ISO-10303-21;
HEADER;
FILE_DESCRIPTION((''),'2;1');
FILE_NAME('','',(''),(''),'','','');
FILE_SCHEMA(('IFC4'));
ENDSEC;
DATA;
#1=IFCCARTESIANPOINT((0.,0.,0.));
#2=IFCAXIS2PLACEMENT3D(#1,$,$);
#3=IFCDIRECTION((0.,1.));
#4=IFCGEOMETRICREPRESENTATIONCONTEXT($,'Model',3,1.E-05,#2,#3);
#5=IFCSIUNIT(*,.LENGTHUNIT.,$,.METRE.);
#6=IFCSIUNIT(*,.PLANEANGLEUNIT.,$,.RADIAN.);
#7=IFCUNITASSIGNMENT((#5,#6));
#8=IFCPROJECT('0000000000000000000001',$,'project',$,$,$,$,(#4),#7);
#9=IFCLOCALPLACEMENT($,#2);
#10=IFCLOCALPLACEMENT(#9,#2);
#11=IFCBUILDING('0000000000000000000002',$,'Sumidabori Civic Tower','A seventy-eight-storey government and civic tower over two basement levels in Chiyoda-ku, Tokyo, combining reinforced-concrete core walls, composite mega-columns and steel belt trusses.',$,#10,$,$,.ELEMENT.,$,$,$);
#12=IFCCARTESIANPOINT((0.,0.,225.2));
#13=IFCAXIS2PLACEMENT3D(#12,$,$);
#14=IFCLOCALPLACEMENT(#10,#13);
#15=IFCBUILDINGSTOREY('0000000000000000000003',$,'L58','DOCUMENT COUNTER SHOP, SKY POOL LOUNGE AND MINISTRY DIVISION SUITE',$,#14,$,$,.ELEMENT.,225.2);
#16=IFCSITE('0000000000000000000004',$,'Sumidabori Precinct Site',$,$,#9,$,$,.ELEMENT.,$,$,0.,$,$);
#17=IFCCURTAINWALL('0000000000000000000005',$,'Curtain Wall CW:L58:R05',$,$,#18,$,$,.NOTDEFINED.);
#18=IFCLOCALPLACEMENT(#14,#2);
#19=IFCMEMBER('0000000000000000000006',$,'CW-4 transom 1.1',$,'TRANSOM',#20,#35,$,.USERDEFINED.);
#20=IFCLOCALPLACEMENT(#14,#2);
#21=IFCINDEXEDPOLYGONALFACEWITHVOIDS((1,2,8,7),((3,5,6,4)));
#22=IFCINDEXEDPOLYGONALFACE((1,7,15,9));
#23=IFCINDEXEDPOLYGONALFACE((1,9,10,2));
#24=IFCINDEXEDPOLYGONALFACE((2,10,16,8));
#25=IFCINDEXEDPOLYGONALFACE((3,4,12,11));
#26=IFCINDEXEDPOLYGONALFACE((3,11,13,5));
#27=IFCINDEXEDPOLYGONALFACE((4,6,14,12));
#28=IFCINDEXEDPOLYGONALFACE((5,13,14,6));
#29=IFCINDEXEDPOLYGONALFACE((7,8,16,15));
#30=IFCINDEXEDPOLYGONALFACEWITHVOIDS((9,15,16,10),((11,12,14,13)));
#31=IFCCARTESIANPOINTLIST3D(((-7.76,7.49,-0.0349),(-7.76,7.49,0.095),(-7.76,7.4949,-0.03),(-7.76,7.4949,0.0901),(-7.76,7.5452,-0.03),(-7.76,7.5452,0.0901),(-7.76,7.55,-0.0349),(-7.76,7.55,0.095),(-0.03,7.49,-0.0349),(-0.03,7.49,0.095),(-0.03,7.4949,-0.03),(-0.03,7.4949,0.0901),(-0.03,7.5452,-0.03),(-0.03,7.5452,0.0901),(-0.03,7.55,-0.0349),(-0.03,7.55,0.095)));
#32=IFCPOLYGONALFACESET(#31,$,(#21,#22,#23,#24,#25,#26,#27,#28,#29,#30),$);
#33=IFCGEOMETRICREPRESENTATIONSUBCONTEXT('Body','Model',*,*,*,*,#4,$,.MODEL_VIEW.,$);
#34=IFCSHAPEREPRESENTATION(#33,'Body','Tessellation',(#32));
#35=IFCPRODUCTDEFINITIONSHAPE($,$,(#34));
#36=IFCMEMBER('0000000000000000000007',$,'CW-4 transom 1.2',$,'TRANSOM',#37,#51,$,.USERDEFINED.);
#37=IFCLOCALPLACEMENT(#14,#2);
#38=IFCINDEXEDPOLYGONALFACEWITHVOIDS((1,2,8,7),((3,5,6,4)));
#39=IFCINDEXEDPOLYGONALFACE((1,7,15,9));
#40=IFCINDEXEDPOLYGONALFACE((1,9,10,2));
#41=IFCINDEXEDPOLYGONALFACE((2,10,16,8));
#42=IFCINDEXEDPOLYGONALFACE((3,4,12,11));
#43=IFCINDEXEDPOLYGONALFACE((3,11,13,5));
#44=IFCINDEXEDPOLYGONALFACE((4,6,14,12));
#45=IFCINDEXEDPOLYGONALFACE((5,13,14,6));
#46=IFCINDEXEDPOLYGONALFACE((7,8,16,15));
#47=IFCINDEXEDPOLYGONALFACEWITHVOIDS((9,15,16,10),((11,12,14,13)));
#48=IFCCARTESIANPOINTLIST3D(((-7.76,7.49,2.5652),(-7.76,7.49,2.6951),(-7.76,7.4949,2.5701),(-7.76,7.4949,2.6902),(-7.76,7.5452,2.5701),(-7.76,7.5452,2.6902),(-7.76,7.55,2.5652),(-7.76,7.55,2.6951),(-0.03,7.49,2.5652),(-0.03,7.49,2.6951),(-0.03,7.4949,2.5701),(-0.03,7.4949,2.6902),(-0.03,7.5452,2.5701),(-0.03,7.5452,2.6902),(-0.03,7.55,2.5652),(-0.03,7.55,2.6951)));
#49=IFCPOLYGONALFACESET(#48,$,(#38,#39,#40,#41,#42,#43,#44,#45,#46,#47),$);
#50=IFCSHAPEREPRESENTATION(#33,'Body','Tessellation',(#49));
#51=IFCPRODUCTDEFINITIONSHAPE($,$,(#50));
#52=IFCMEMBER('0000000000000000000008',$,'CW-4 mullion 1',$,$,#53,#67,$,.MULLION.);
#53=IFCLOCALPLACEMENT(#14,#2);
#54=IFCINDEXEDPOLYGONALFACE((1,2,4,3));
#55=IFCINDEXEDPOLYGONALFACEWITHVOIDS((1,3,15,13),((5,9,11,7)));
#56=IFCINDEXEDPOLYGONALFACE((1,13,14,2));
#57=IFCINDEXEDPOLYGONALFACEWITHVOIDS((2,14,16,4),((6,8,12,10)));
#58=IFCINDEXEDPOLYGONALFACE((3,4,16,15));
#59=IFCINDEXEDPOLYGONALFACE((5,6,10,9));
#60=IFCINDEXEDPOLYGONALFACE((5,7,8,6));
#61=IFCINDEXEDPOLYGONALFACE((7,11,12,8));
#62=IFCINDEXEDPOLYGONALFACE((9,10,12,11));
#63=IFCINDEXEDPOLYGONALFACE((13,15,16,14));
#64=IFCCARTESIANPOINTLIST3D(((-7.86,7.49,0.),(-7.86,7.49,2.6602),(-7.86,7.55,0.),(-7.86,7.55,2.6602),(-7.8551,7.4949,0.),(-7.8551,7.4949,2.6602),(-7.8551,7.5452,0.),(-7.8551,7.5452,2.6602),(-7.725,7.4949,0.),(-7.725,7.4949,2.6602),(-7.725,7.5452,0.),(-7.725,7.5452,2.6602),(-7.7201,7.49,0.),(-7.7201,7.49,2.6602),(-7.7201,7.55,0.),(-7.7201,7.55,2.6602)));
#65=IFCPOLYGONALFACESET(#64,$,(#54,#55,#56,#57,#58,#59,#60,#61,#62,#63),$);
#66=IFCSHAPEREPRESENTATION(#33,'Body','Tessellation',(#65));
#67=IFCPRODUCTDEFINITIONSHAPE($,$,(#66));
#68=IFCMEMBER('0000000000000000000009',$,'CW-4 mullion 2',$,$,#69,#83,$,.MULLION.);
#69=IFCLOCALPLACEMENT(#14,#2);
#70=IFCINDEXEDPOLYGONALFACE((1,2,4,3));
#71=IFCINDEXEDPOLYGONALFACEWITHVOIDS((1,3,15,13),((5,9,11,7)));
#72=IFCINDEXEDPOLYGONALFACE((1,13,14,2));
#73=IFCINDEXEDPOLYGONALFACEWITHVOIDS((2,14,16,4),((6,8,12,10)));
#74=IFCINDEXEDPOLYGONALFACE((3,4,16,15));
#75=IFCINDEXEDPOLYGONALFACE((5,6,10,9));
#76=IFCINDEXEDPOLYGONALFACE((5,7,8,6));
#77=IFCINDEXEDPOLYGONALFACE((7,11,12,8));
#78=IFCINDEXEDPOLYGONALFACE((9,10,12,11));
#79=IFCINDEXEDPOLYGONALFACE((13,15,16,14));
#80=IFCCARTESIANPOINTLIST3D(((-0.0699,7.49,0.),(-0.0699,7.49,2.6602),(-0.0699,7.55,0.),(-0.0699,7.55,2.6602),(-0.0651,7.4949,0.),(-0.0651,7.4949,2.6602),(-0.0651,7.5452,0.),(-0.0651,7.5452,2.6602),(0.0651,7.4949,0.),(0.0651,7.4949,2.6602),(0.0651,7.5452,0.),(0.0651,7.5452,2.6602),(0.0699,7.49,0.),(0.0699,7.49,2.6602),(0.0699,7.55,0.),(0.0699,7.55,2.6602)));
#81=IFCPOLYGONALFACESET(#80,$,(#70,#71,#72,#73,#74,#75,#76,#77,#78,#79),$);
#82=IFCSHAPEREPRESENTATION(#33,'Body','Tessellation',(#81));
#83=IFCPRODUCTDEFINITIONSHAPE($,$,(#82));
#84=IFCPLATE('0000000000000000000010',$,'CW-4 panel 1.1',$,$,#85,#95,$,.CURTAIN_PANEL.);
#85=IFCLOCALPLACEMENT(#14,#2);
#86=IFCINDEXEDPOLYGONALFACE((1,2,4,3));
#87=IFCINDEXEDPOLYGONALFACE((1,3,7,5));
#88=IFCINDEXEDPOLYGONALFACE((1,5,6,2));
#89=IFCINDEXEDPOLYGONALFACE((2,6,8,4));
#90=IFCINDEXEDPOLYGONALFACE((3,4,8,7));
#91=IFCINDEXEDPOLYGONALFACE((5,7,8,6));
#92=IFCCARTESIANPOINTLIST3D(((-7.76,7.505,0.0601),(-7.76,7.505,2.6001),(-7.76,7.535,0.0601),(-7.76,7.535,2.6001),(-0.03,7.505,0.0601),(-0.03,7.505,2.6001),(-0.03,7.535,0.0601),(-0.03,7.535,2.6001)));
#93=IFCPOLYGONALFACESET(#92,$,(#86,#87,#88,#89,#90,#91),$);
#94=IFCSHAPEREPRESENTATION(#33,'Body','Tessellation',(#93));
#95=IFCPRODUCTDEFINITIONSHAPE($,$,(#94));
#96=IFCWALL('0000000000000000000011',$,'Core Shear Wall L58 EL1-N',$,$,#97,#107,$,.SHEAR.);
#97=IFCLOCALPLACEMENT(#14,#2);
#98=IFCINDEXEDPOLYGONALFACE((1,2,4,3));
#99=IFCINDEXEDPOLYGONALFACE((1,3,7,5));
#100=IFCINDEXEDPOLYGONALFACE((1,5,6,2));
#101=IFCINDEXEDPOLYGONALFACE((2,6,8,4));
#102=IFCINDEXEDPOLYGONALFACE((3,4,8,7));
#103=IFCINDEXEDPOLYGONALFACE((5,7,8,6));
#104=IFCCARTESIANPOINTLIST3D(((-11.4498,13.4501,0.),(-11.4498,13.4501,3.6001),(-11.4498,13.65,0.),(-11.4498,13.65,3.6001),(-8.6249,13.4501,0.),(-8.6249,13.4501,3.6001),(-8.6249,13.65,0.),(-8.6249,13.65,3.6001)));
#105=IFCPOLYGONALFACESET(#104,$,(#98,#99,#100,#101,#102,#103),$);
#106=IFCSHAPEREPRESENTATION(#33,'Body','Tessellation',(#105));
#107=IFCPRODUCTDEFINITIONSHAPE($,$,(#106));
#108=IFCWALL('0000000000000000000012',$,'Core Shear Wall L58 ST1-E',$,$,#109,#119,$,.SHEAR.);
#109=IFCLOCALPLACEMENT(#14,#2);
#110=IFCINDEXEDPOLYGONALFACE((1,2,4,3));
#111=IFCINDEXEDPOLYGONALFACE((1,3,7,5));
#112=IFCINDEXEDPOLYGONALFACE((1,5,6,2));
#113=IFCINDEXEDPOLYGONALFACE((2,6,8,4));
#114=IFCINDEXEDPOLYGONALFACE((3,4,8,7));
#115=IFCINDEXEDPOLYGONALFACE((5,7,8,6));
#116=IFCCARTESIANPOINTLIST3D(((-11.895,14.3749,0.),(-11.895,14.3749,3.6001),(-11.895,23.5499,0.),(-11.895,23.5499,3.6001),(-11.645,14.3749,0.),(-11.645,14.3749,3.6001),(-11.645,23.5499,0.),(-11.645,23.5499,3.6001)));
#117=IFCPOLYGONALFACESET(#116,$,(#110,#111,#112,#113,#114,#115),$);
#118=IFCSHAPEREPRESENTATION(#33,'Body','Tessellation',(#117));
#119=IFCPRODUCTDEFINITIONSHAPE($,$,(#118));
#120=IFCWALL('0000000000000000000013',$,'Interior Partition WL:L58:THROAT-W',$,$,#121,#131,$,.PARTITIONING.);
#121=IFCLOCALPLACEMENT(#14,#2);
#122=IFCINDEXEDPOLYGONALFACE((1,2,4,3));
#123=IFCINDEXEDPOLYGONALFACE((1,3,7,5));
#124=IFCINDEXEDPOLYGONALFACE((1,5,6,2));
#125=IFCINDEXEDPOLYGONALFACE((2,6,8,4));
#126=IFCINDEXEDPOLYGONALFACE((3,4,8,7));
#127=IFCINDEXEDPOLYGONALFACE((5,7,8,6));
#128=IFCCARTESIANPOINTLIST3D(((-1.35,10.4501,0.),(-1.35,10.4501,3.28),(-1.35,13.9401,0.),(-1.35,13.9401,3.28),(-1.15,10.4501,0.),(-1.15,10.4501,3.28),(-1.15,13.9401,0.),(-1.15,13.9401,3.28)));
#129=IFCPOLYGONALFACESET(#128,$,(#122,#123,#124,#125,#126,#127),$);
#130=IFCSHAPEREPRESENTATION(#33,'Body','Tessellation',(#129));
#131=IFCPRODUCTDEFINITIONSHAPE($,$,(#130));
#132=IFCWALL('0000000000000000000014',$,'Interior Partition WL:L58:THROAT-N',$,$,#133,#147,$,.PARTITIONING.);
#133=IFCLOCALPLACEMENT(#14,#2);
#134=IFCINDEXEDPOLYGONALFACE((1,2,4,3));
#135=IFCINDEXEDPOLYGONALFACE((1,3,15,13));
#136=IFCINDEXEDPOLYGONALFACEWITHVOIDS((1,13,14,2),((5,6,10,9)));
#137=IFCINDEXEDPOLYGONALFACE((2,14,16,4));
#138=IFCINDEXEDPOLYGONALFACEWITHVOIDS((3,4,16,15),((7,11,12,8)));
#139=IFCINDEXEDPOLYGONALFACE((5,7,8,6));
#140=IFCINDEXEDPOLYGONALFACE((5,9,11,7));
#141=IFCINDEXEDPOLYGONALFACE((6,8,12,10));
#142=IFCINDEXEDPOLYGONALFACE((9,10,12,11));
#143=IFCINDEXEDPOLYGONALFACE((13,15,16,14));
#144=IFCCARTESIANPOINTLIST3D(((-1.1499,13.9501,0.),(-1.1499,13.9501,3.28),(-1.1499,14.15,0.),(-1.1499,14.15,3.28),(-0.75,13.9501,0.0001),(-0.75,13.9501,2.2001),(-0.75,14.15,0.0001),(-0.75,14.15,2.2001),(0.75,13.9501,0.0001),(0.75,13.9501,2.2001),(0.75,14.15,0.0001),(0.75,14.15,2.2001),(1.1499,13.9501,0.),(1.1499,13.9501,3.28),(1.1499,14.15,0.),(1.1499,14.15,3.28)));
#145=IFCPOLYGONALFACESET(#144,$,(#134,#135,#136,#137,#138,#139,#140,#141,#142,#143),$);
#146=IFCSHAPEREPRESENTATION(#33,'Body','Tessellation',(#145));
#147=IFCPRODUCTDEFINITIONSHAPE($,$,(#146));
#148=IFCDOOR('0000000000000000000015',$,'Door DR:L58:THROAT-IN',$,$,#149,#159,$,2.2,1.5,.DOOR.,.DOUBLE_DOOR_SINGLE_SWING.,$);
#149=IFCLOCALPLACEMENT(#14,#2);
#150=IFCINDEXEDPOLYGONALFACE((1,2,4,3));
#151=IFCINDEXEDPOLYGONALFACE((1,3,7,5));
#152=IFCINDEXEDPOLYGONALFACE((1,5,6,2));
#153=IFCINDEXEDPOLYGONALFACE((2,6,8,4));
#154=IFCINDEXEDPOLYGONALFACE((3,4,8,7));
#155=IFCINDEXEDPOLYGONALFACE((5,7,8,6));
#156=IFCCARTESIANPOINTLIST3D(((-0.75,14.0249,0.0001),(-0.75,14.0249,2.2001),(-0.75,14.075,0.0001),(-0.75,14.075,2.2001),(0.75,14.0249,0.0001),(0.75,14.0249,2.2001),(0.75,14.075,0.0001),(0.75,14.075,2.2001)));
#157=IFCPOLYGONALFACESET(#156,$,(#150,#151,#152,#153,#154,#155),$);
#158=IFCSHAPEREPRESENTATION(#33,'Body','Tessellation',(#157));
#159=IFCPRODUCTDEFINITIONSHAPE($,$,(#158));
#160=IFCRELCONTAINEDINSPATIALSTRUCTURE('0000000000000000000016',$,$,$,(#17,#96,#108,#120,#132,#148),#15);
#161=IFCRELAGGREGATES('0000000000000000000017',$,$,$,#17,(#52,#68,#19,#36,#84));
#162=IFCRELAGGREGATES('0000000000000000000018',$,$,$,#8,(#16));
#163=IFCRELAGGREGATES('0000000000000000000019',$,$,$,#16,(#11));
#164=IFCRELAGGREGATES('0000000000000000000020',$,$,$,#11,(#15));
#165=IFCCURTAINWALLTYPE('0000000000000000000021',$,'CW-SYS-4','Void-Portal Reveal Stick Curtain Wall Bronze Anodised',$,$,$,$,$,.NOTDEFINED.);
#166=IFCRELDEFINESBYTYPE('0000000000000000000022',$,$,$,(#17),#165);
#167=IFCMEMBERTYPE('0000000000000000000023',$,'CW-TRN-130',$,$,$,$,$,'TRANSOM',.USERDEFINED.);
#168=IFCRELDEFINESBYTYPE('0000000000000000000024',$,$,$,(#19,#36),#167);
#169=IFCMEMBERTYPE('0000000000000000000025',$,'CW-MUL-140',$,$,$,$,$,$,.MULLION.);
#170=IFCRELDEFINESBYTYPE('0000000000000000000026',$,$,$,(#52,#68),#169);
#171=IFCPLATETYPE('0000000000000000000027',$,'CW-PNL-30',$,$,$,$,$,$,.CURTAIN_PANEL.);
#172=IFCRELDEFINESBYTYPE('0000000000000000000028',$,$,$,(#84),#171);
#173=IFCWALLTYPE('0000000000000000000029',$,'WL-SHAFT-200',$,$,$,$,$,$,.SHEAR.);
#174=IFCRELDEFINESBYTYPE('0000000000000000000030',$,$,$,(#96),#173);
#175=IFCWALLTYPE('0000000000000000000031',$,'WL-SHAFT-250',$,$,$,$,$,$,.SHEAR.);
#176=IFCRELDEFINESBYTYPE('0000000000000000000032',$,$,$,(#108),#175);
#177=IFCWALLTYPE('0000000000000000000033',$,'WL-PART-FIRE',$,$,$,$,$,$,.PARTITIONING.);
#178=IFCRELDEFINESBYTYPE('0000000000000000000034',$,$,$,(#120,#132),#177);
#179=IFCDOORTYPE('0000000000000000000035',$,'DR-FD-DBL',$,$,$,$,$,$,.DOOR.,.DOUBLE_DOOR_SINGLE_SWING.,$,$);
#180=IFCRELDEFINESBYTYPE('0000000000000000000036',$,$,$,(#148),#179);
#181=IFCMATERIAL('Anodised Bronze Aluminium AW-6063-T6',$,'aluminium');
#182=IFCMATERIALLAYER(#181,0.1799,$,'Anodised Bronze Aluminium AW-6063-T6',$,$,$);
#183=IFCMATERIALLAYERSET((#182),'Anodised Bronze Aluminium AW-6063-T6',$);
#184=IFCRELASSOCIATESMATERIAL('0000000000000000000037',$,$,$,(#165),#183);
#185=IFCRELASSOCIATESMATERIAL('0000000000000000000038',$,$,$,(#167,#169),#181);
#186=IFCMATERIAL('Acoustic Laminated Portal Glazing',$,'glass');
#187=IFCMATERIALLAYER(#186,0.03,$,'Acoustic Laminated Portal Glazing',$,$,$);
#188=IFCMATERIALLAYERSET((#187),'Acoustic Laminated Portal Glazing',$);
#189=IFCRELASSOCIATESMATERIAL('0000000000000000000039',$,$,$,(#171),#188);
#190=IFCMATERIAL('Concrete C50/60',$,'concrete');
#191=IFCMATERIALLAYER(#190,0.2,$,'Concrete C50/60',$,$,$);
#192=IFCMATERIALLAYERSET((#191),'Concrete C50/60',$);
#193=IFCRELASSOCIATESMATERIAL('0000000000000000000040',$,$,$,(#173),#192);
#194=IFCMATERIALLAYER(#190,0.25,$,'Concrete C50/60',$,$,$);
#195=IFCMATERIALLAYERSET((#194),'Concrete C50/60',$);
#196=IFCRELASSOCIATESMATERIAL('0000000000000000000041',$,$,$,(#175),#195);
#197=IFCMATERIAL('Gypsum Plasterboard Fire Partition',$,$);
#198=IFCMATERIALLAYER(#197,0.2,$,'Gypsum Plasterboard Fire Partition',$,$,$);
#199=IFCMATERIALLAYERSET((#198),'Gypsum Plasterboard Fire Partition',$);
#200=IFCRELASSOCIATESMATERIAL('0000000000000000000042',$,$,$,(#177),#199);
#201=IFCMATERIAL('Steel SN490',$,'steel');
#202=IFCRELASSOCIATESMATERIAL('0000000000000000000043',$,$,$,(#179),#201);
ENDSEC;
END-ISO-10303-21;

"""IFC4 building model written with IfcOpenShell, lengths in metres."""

from ifc_helpers import new_model, si_unit, direction, frame, frame_2d, origin, origin_2d, place, context, subcontext, project, spatial, rectangle, hollow_rectangle, extrude, source, transform, mapped, material, layer, layer_set, material_profile, profile_set, type_object, element, fill, aggregate, save


model = new_model("IFC4")

# Units and contexts
model_context = context("Model", 3, precision=1e-05, world=origin(), true_north=direction((0.0, 1.0)))
body_context = subcontext(model_context, "Body", "Model", "MODEL_VIEW")
ifc_project = project(units=[si_unit("LENGTHUNIT", "METRE"), si_unit("PLANEANGLEUNIT", "RADIAN")], contexts=[model_context])

# Site, building, storey
site_placement = place(None, origin())
site = spatial("IfcSite", under=ifc_project, at=site_placement, Name="Sumidabori Precinct Site", CompositionType="ELEMENT", RefElevation=0.0)
building_placement = place(site_placement, origin())
building = spatial("IfcBuilding", under=site, at=building_placement, Name="Sumidabori Civic Tower", Description="A seventy-eight-storey government and civic tower over two basement levels in Chiyoda-ku, Tokyo, combining reinforced-concrete core walls, composite mega-columns and steel belt trusses.", CompositionType="ELEMENT")
storey_placement = place(building_placement, frame((0.0, 0.0, 225.2)))
storey = spatial("IfcBuildingStorey", under=building, at=storey_placement, Name="L58", Description="DOCUMENT COUNTER SHOP, SKY POOL LOUNGE AND MINISTRY DIVISION SUITE", CompositionType="ELEMENT", Elevation=225.2)

# Curtain wall, members, plate
ifc_material_1 = material(Name="Anodised Bronze Aluminium AW-6063-T6", Category="aluminium")
ifc_layer_1 = layer(ifc_material_1, 0.1799, Name="Anodised Bronze Aluminium AW-6063-T6")
ifc_layer_set_1 = layer_set([ifc_layer_1], Name="Anodised Bronze Aluminium AW-6063-T6")
curtain_wall_type = type_object("IfcCurtainWallType", Name="CW-SYS-4", Description="Void-Portal Reveal Stick Curtain Wall Bronze Anodised", PredefinedType="NOTDEFINED", material=ifc_layer_set_1)
curtain_wall_placement = place(storey_placement, origin())
curtain_wall = element("IfcCurtainWall", 1, at=curtain_wall_placement, inside=storey, type_object=curtain_wall_type, Name="Curtain Wall CW:L58:R05", PredefinedType="NOTDEFINED")
ifc_material_profile_1 = material_profile(ifc_material_1, hollow_rectangle(XDim=0.0601, YDim=0.1299, WallThickness=0.0049, at=origin_2d()), Name="ALU TRANSOM 130x60")
ifc_profile_set_1 = profile_set([ifc_material_profile_1], Name="Anodised Bronze Aluminium AW-6063-T6")
member_type_1 = type_object("IfcMemberType", Name="CW-TRN-130", ElementType="TRANSOM", PredefinedType="USERDEFINED", material=ifc_profile_set_1)
shared_shape_1 = source(origin(), body_context, "Body", "SweptSolid", [
    extrude(hollow_rectangle(XDim=0.0601, YDim=0.1299, WallThickness=0.0049, at=origin_2d()), origin(), (0.0, 0.0, 1.0), 7.73),
])
member_1_placement = place(storey_placement, frame((-7.76, 7.52, 0.03), z_axis=(1.0, 0.0, 0.0), x_axis=(0.0, 1.0, 0.0)))
member_1 = element("IfcMember", 2, at=member_1_placement, type_object=member_type_1, Name="CW-4 transom 1.1", ObjectType="TRANSOM", PredefinedType="USERDEFINED", context=body_context, shape_type="MappedRepresentation", body=[
    mapped(shared_shape_1, transform((0.0, 0.0, 0.0), x_axis=(1.0, 0.0, 0.0), y_axis=(0.0, 1.0, 0.0), z_axis=(0.0, 0.0, 1.0), scale=1.0)),
])
member_2_placement = place(storey_placement, frame((-7.76, 7.52, 2.6301), z_axis=(1.0, 0.0, 0.0), x_axis=(0.0, 1.0, 0.0)))
member_2 = element("IfcMember", 3, at=member_2_placement, type_object=member_type_1, Name="CW-4 transom 1.2", ObjectType="TRANSOM", PredefinedType="USERDEFINED", context=body_context, shape_type="MappedRepresentation", body=[
    mapped(shared_shape_1, transform((0.0, 0.0, 0.0), x_axis=(1.0, 0.0, 0.0), y_axis=(0.0, 1.0, 0.0), z_axis=(0.0, 0.0, 1.0), scale=1.0)),
])
ifc_material_profile_2 = material_profile(ifc_material_1, hollow_rectangle(XDim=0.0601, YDim=0.1399, WallThickness=0.0049, at=origin_2d()), Name="ALU MULLION 140x60")
ifc_profile_set_2 = profile_set([ifc_material_profile_2], Name="Anodised Bronze Aluminium AW-6063-T6")
member_type_2 = type_object("IfcMemberType", Name="CW-MUL-140", PredefinedType="MULLION", material=ifc_profile_set_2)
shared_shape_2 = source(origin(), body_context, "Body", "SweptSolid", [
    extrude(hollow_rectangle(XDim=0.0601, YDim=0.1399, WallThickness=0.0049, at=origin_2d()), origin(), (0.0, 0.0, 1.0), 2.6602),
])
member_3_placement = place(storey_placement, frame((-7.79, 7.52, 0.0), z_axis=(0.0, 0.0, 1.0), x_axis=(0.0, 1.0, 0.0)))
member_3 = element("IfcMember", 4, at=member_3_placement, type_object=member_type_2, Name="CW-4 mullion 1", PredefinedType="MULLION", context=body_context, shape_type="MappedRepresentation", body=[
    mapped(shared_shape_2, transform((0.0, 0.0, 0.0), x_axis=(1.0, 0.0, 0.0), y_axis=(0.0, 1.0, 0.0), z_axis=(0.0, 0.0, 1.0), scale=1.0)),
])
member_4_placement = place(storey_placement, frame((0.0, 7.52, 0.0), z_axis=(0.0, 0.0, 1.0), x_axis=(0.0, 1.0, 0.0)))
member_4 = element("IfcMember", 5, at=member_4_placement, type_object=member_type_2, Name="CW-4 mullion 2", PredefinedType="MULLION", context=body_context, shape_type="MappedRepresentation", body=[
    mapped(shared_shape_2, transform((0.0, 0.0, 0.0), x_axis=(1.0, 0.0, 0.0), y_axis=(0.0, 1.0, 0.0), z_axis=(0.0, 0.0, 1.0), scale=1.0)),
])
ifc_material_2 = material(Name="Acoustic Laminated Portal Glazing", Category="glass")
ifc_layer_2 = layer(ifc_material_2, 0.03, Name="Acoustic Laminated Portal Glazing")
ifc_layer_set_2 = layer_set([ifc_layer_2], Name="Acoustic Laminated Portal Glazing")
plate_type = type_object("IfcPlateType", Name="CW-PNL-30", PredefinedType="CURTAIN_PANEL", material=ifc_layer_set_2)
shared_shape_3 = source(origin(), body_context, "Body", "SweptSolid", [
    extrude(rectangle(XDim=7.73, YDim=0.03, at=origin_2d()), origin(), (0.0, 0.0, 1.0), 2.54),
])
plate_placement = place(storey_placement, frame((-3.895, 7.52, 0.0601), z_axis=(0.0, 0.0, 1.0), x_axis=(1.0, 0.0, 0.0)))
plate = element("IfcPlate", 6, at=plate_placement, type_object=plate_type, Name="CW-4 panel 1.1", PredefinedType="CURTAIN_PANEL", context=body_context, shape_type="MappedRepresentation", body=[
    mapped(shared_shape_3, transform((0.0, 0.0, 0.0), x_axis=(1.0, 0.0, 0.0), y_axis=(0.0, 1.0, 0.0), z_axis=(0.0, 0.0, 1.0), scale=1.0)),
])
aggregate(curtain_wall, [member_3, member_4, member_1, member_2, plate])

# Wall
ifc_material_3 = material(Name="Concrete C50/60", Category="concrete")
ifc_layer_3 = layer(ifc_material_3, 0.2, Name="Concrete C50/60")
ifc_layer_set_3 = layer_set([ifc_layer_3], Name="Concrete C50/60")
wall_type_1 = type_object("IfcWallType", Name="WL-SHAFT-200", PredefinedType="SHEAR", material=ifc_layer_set_3)
shared_shape_4 = source(origin(), body_context, "Body", "SweptSolid", [
    extrude(rectangle(XDim=2.825, YDim=0.2, at=frame_2d((1.4126, 0.0))), origin(), (0.0, 0.0, 1.0), 3.6001),
])
wall_1_placement = place(storey_placement, frame((-11.45, 13.55, 0.0), z_axis=(0.0, 0.0, 1.0), x_axis=(1.0, 0.0, 0.0)))
element("IfcWall", 7, at=wall_1_placement, inside=storey, type_object=wall_type_1, Name="Core Shear Wall L58 EL1-N", PredefinedType="SHEAR", context=body_context, shape_type="MappedRepresentation", body=[
    mapped(shared_shape_4, transform((0.0, 0.0, 0.0), x_axis=(1.0, 0.0, 0.0), y_axis=(0.0, 1.0, 0.0), z_axis=(0.0, 0.0, 1.0), scale=1.0)),
])

# Shared definitions
ifc_layer_4 = layer(ifc_material_3, 0.25, Name="Concrete C50/60")
ifc_layer_set_4 = layer_set([ifc_layer_4], Name="Concrete C50/60")
wall_type_2 = type_object("IfcWallType", Name="WL-SHAFT-250", PredefinedType="SHEAR", material=ifc_layer_set_4)

# Wall
shared_shape_5 = source(origin(), body_context, "Body", "SweptSolid", [
    extrude(rectangle(XDim=9.175, YDim=0.25, at=frame_2d((4.5874, 0.0))), origin(), (0.0, 0.0, 1.0), 3.6001),
])
wall_2_placement = place(storey_placement, frame((-11.77, 14.375, 0.0), z_axis=(0.0, 0.0, 1.0), x_axis=(0.0, 1.0, 0.0)))
element("IfcWall", 8, at=wall_2_placement, inside=storey, type_object=wall_type_2, Name="Core Shear Wall L58 ST1-E", PredefinedType="SHEAR", context=body_context, shape_type="MappedRepresentation", body=[
    mapped(shared_shape_5, transform((0.0, 0.0, 0.0), x_axis=(1.0, 0.0, 0.0), y_axis=(0.0, 1.0, 0.0), z_axis=(0.0, 0.0, 1.0), scale=1.0)),
])

# Shared definitions
ifc_material_4 = material(Name="Gypsum Plasterboard Fire Partition")
ifc_layer_5 = layer(ifc_material_4, 0.2, Name="Gypsum Plasterboard Fire Partition")
ifc_layer_set_5 = layer_set([ifc_layer_5], Name="Gypsum Plasterboard Fire Partition")
wall_type_3 = type_object("IfcWallType", Name="WL-PART-FIRE", PredefinedType="PARTITIONING", material=ifc_layer_set_5)

# Wall
shared_shape_6 = source(origin(), body_context, "Body", "SweptSolid", [
    extrude(rectangle(XDim=3.49, YDim=0.2, at=frame_2d((1.7451, 0.0))), origin(), (0.0, 0.0, 1.0), 3.28),
])
wall_3_placement = place(storey_placement, frame((-1.25, 10.45, 0.0), z_axis=(0.0, 0.0, 1.0), x_axis=(0.0, 1.0, 0.0)))
element("IfcWall", 9, at=wall_3_placement, inside=storey, type_object=wall_type_3, Name="Interior Partition WL:L58:THROAT-W", PredefinedType="PARTITIONING", context=body_context, shape_type="MappedRepresentation", body=[
    mapped(shared_shape_6, transform((0.0, 0.0, 0.0), x_axis=(1.0, 0.0, 0.0), y_axis=(0.0, 1.0, 0.0), z_axis=(0.0, 0.0, 1.0), scale=1.0)),
])

# Wall, opening, door
shared_shape_7 = source(origin(), body_context, "Body", "SweptSolid", [
    extrude(rectangle(XDim=2.2998, YDim=0.2, at=frame_2d((1.1499, 0.0))), origin(), (0.0, 0.0, 1.0), 3.28),
])
wall_4_placement = place(storey_placement, frame((-1.1499, 14.05, 0.0), z_axis=(0.0, 0.0, 1.0), x_axis=(1.0, 0.0, 0.0)))
wall_4 = element("IfcWall", 10, at=wall_4_placement, inside=storey, type_object=wall_type_3, Name="Interior Partition WL:L58:THROAT-N", PredefinedType="PARTITIONING", context=body_context, shape_type="MappedRepresentation", body=[
    mapped(shared_shape_7, transform((0.0, 0.0, 0.0), x_axis=(1.0, 0.0, 0.0), y_axis=(0.0, 1.0, 0.0), z_axis=(0.0, 0.0, 1.0), scale=1.0)),
])
opening_1_placement = place(wall_4_placement, frame((0.3999, 0.0, 0.0)))
opening_1 = element("IfcOpeningElement", 11, at=opening_1_placement, cuts=wall_4, PredefinedType="OPENING", context=body_context, shape_type="SweptSolid", body=[
    extrude(rectangle(XDim=1.5, YDim=2.2, at=frame_2d((0.75, 1.1001))), frame((0.0, 0.1118, 0.0), z_axis=(0.0, -1.0, 0.0), x_axis=(1.0, 0.0, 0.0)), (0.0, 0.0, 1.0), 0.2239),
])
ifc_material_5 = material(Name="Steel SN490", Category="steel")
door_type_1 = type_object("IfcDoorType", Name="DR-FD-DBL", OperationType="DOUBLE_DOOR_SINGLE_SWING", PredefinedType="DOOR", material=ifc_material_5)
shared_shape_8 = source(origin(), body_context, "Body", "SweptSolid", [
    extrude(rectangle(XDim=1.5, YDim=2.2, at=frame_2d((0.75, 1.1001))), frame((0.0, 0.0249, 0.0), z_axis=(0.0, -1.0, 0.0), x_axis=(1.0, 0.0, 0.0)), (0.0, 0.0, 1.0), 0.05),
])
door_1_placement = place(opening_1_placement, origin())
door_1 = element("IfcDoor", 12, at=door_1_placement, inside=storey, type_object=door_type_1, Name="Door DR:L58:THROAT-IN", OperationType="DOUBLE_DOOR_SINGLE_SWING", OverallHeight=2.2, OverallWidth=1.5, PredefinedType="DOOR", context=body_context, shape_type="MappedRepresentation", body=[
    mapped(shared_shape_8, transform((0.0, 0.0, 0.0), x_axis=(1.0, 0.0, 0.0), y_axis=(0.0, 1.0, 0.0), z_axis=(0.0, 0.0, 1.0), scale=1.0)),
])
fill(opening_1, door_1)

save(model, "model.ifc")
